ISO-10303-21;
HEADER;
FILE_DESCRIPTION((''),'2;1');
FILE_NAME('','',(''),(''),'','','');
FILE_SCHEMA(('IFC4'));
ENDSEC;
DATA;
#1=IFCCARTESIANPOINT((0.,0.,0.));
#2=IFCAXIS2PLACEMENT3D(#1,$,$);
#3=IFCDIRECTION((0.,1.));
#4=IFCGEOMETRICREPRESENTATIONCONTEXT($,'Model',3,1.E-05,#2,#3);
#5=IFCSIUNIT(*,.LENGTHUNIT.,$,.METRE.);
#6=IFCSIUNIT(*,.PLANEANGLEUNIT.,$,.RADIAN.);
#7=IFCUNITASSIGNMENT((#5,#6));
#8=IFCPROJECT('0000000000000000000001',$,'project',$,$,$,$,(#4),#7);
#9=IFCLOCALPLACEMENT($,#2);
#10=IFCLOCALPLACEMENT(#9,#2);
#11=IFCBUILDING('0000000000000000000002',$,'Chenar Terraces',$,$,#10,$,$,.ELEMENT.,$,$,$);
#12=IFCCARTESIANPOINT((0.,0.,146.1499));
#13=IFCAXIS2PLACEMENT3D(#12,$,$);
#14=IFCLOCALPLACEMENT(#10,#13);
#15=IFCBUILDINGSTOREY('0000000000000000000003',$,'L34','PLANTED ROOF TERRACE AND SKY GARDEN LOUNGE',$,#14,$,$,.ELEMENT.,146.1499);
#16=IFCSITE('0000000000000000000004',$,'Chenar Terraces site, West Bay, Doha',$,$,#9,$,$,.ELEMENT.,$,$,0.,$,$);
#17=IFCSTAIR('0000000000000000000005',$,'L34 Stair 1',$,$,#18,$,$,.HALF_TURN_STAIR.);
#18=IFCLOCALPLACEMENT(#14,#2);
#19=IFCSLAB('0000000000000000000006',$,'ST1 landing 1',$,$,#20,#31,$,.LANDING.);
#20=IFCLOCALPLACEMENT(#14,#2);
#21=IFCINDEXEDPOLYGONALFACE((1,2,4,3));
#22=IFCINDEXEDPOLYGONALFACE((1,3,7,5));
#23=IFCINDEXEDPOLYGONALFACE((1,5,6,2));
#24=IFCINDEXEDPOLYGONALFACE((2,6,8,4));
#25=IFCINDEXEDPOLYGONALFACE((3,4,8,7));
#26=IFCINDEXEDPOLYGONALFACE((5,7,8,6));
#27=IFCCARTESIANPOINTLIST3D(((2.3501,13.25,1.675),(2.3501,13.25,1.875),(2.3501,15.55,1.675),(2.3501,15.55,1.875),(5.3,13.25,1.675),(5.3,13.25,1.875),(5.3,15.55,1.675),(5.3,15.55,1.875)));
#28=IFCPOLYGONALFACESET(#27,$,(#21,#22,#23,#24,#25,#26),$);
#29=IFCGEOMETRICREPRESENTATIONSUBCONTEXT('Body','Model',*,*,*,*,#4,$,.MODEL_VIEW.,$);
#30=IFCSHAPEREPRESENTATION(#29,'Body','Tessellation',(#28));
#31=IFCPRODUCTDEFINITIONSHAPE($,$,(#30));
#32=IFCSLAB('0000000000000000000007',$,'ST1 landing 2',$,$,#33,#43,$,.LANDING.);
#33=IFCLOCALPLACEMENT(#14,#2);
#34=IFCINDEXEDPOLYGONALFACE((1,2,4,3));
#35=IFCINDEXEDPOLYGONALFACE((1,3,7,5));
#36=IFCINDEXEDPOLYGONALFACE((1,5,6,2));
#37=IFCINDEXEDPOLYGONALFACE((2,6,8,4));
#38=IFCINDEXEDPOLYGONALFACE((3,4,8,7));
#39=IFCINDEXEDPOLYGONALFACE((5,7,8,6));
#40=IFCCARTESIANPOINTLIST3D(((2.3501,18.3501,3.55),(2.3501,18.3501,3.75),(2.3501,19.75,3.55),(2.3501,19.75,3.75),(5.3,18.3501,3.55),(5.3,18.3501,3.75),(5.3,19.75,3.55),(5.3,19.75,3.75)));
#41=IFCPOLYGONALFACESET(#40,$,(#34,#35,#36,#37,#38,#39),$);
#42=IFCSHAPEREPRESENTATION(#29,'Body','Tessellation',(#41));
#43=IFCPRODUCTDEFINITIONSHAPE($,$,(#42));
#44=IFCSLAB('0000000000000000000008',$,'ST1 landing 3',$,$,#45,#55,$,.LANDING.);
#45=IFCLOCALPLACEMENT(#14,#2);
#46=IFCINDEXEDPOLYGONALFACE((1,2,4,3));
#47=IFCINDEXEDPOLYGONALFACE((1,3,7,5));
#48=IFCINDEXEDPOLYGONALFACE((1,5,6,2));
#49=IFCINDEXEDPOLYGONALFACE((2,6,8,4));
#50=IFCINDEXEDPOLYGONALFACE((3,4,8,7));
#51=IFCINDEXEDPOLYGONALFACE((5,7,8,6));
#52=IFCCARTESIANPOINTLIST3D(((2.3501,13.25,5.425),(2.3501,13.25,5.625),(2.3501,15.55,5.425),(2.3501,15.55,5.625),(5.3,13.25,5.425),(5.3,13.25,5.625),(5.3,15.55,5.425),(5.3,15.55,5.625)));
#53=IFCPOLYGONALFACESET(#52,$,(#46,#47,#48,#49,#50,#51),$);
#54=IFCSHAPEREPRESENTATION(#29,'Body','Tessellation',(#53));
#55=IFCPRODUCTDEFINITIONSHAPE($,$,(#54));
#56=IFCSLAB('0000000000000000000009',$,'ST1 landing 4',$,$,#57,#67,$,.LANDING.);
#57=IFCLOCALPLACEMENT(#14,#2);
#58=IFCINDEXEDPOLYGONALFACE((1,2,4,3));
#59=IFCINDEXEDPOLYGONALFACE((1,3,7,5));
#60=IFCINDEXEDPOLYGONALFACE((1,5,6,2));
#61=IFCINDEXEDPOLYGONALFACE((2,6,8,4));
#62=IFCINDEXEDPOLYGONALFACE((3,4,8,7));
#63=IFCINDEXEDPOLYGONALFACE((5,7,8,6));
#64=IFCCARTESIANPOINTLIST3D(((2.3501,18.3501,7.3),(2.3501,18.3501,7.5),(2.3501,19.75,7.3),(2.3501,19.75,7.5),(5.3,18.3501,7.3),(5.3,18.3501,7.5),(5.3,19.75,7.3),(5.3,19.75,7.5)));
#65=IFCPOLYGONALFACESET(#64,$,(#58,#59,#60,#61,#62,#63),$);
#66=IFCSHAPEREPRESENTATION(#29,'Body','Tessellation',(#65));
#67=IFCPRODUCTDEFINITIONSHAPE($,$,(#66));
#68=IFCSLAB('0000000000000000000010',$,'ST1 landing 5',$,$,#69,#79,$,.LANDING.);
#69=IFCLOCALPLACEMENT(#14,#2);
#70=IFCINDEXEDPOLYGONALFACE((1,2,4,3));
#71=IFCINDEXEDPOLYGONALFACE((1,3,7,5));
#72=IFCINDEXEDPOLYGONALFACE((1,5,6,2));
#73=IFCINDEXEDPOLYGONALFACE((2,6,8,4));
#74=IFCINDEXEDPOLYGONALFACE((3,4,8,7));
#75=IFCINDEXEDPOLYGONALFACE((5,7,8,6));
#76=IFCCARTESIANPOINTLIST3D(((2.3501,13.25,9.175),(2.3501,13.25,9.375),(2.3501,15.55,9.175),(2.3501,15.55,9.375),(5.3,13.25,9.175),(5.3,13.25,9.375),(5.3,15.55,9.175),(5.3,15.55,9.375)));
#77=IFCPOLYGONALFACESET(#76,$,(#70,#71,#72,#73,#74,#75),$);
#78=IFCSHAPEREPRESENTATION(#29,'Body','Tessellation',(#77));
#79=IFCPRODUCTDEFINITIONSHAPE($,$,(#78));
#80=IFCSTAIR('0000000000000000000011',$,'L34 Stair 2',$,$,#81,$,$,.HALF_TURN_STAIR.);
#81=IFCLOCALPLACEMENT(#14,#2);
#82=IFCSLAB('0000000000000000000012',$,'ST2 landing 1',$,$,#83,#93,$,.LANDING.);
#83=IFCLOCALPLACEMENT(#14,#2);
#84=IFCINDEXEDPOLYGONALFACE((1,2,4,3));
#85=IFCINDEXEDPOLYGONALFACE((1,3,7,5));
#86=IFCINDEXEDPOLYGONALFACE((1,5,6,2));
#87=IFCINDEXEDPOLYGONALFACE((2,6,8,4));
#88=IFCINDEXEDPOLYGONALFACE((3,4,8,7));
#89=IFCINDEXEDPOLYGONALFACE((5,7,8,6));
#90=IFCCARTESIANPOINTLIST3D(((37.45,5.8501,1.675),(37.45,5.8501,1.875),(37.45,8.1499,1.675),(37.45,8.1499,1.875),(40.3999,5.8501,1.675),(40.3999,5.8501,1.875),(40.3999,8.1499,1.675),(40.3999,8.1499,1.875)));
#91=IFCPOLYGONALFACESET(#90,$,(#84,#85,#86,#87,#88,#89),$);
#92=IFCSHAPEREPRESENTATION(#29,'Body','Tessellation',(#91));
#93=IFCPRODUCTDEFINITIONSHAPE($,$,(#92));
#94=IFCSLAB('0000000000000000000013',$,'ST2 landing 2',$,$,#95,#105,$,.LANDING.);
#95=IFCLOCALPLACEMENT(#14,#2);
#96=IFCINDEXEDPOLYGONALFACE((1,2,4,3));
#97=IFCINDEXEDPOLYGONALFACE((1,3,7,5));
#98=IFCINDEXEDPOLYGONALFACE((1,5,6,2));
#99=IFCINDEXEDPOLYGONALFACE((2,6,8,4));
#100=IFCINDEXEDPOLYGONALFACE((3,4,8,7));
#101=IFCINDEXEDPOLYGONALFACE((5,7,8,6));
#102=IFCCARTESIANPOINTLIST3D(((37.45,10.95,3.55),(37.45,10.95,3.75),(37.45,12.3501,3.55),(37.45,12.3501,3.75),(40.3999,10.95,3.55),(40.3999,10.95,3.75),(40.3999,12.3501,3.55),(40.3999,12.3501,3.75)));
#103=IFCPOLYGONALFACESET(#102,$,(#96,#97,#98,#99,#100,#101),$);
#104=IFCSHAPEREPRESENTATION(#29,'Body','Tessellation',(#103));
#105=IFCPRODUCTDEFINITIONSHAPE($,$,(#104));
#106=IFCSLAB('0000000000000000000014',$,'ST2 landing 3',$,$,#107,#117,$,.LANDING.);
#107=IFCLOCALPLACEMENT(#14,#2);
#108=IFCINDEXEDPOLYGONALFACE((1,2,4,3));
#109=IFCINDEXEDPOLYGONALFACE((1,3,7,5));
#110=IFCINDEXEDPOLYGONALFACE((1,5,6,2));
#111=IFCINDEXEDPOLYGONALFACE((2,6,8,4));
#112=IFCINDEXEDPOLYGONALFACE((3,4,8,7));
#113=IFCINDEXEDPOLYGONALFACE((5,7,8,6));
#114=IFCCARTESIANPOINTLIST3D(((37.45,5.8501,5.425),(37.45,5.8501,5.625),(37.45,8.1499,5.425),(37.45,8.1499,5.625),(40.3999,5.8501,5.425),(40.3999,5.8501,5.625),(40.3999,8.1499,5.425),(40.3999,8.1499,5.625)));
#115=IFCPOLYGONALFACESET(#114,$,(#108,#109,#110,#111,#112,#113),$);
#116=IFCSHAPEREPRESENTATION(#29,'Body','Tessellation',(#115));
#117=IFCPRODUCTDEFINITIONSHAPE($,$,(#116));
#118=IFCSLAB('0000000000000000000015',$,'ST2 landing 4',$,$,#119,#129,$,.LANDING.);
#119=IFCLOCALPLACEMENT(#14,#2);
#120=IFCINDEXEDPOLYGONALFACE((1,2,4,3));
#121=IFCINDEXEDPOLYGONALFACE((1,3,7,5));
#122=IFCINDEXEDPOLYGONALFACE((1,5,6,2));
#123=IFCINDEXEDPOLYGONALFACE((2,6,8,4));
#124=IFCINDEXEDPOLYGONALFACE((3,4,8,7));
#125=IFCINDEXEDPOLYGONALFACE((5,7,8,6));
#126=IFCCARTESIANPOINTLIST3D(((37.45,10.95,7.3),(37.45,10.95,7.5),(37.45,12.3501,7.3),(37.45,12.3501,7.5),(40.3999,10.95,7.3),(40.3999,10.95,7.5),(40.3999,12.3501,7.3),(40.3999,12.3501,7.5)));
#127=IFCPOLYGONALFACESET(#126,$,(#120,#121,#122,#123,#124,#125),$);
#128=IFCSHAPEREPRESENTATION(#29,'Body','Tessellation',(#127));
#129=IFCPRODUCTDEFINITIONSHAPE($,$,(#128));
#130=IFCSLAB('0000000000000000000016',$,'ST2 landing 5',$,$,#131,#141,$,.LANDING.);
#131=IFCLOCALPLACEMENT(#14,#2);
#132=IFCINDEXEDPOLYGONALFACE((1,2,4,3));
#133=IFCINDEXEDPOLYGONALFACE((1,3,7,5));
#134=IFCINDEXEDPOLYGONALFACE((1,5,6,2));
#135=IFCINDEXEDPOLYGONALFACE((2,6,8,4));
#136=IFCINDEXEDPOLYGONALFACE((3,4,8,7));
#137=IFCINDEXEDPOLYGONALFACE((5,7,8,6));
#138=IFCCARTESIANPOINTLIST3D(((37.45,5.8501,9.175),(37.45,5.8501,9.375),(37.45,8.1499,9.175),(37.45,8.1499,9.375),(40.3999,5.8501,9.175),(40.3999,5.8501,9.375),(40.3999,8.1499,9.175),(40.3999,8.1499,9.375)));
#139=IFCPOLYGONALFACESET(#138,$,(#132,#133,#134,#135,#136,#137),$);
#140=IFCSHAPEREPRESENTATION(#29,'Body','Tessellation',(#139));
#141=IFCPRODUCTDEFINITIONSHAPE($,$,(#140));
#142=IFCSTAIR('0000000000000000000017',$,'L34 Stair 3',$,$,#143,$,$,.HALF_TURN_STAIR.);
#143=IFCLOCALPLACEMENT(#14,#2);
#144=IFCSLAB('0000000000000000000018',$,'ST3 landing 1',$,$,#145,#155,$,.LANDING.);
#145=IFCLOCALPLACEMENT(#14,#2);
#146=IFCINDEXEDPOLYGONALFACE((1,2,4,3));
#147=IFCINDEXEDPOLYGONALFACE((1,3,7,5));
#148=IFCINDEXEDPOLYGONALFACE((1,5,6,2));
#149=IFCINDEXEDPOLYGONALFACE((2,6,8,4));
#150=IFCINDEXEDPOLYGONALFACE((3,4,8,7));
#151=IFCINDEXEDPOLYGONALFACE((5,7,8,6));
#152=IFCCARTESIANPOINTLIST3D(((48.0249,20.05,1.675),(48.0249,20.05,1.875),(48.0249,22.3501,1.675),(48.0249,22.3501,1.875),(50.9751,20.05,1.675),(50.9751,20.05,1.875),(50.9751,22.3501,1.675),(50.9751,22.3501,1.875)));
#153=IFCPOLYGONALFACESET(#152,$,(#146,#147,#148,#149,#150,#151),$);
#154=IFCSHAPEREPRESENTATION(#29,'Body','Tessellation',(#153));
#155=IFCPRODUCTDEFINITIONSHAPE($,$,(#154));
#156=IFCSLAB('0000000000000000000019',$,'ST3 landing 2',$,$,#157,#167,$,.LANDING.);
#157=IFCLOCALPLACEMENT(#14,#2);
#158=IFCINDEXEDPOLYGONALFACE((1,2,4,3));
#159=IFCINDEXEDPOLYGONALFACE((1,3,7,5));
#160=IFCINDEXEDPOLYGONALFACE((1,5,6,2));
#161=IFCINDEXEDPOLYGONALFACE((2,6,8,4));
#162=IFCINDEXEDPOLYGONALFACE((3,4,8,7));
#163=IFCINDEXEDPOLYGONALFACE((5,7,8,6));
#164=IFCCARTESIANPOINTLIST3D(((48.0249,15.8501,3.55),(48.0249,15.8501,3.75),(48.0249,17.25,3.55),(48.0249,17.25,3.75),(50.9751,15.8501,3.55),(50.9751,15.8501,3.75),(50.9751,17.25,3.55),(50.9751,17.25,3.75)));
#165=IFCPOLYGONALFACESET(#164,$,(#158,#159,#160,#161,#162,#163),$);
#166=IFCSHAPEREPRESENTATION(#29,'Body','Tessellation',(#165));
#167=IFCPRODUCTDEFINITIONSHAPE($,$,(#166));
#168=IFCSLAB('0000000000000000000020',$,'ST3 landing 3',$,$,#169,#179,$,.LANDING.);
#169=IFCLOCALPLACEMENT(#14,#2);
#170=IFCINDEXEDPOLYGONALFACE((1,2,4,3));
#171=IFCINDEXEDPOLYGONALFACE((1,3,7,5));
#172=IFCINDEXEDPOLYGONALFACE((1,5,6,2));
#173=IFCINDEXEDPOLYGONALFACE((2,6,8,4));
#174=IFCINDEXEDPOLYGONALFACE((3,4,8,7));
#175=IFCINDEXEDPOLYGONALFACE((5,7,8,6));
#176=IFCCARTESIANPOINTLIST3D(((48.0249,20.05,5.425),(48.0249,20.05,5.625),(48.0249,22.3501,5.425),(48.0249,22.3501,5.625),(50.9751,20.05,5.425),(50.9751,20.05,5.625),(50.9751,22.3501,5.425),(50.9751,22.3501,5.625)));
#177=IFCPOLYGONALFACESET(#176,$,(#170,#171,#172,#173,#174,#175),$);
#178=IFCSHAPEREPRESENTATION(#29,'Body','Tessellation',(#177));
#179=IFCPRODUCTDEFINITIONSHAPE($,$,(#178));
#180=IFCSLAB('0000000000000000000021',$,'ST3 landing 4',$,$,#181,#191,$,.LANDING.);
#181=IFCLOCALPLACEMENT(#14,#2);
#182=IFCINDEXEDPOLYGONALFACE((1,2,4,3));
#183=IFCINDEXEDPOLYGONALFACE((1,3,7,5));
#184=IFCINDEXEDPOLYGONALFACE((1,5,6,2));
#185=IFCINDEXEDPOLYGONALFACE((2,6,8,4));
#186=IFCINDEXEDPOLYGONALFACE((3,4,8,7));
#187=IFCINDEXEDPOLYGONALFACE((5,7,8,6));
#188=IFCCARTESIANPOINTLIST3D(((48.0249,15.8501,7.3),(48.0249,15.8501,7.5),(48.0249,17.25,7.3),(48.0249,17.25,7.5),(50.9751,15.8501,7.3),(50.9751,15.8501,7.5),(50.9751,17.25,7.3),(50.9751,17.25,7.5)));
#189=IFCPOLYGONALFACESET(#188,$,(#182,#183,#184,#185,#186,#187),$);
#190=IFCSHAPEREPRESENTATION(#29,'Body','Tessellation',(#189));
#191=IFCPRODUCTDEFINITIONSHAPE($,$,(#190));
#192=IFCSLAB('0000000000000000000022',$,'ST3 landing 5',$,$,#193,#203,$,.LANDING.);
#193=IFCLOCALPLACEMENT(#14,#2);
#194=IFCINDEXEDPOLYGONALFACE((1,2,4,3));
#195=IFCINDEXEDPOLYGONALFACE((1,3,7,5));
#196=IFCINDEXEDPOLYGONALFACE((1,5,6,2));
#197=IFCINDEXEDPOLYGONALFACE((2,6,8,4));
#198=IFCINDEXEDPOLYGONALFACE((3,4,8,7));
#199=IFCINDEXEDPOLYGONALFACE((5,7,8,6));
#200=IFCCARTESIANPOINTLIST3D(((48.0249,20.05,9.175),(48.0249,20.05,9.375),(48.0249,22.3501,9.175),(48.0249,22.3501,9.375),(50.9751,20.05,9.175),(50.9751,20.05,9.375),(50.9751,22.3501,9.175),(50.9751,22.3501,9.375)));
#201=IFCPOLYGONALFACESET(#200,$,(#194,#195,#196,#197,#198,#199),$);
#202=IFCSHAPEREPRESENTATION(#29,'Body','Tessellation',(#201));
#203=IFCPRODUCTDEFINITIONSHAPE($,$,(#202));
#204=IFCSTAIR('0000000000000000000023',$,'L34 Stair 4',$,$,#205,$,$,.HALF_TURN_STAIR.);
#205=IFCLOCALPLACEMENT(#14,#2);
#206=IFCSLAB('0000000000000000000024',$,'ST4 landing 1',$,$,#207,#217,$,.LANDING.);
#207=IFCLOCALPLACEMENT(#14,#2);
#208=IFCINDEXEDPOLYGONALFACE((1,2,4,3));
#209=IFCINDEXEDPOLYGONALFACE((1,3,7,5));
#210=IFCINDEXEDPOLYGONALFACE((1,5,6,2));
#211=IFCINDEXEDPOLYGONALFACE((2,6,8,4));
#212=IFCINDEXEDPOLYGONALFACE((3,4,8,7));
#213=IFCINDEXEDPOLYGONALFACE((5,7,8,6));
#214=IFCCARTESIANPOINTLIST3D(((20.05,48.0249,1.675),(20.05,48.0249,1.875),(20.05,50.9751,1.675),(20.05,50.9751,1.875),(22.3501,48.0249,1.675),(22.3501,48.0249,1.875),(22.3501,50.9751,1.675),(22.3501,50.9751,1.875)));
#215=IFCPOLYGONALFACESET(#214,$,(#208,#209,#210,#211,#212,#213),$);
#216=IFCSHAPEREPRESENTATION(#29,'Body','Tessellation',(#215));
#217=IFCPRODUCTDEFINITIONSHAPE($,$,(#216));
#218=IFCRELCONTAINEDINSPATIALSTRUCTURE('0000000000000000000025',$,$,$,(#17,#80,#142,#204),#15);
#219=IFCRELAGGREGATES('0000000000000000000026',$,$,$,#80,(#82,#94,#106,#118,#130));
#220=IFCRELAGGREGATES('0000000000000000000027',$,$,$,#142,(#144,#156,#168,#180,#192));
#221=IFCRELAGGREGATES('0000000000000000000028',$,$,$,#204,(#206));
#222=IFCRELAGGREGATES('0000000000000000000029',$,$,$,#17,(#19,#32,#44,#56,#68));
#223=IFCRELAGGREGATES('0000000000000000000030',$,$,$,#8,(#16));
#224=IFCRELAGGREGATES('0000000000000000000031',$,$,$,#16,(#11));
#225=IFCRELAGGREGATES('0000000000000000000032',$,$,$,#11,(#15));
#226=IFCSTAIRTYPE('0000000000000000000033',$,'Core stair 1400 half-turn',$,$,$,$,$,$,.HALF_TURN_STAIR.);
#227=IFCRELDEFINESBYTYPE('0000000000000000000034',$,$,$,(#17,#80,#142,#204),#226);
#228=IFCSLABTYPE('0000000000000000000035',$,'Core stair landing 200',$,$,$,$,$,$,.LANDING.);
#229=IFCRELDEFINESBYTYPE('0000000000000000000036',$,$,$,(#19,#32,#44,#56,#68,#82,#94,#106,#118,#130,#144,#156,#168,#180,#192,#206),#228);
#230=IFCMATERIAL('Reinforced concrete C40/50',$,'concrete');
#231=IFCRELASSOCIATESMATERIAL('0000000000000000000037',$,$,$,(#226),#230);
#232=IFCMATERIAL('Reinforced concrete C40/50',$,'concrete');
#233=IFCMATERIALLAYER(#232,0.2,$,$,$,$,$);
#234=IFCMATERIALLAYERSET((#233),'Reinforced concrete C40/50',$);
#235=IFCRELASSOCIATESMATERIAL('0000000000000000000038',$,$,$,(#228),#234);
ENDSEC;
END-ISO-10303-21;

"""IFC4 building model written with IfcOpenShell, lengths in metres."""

from ifc_helpers import new_model, si_unit, direction, frame, origin, place, context, subcontext, project, spatial, polyline, outline, extrude, material, layer, layer_set, type_object, element, aggregate, save


model = new_model("IFC4")

# Units and contexts
model_context = context("Model", 3, precision=1e-05, world=origin(), true_north=direction((0.0, 1.0)))
body_context = subcontext(model_context, "Body", "Model", "MODEL_VIEW")
ifc_project = project(units=[si_unit("LENGTHUNIT", "METRE"), si_unit("PLANEANGLEUNIT", "RADIAN")], contexts=[model_context])

# Site, building, storey
site_placement = place(None, origin())
site = spatial("IfcSite", under=ifc_project, at=site_placement, Name="Chenar Terraces site, West Bay, Doha", CompositionType="ELEMENT", RefElevation=0.0)
building_placement = place(site_placement, origin())
building = spatial("IfcBuilding", under=site, at=building_placement, Name="Chenar Terraces", CompositionType="ELEMENT")
storey_placement = place(building_placement, frame((0.0, 0.0, 146.1499)))
storey = spatial("IfcBuildingStorey", under=building, at=storey_placement, Name="L34", Description="PLANTED ROOF TERRACE AND SKY GARDEN LOUNGE", CompositionType="ELEMENT", Elevation=146.1499)

# Stairs, slabs
ifc_material_1 = material(Name="Reinforced concrete C40/50", Category="concrete")
stair_type = type_object("IfcStairType", Name="Core stair 1400 half-turn", PredefinedType="HALF_TURN_STAIR", material=ifc_material_1)
placement_1 = place(storey_placement, origin())
stair_1 = element("IfcStair", 1, at=placement_1, inside=storey, type_object=stair_type, Name="L34 Stair 1", PredefinedType="HALF_TURN_STAIR")
ifc_material_2 = material(Name="Reinforced concrete C40/50", Category="concrete")
ifc_layer_1 = layer(ifc_material_2, 0.2)
ifc_layer_set_1 = layer_set([ifc_layer_1], Name="Reinforced concrete C40/50")
slab_type_1 = type_object("IfcSlabType", Name="Core stair landing 200", PredefinedType="LANDING", material=ifc_layer_set_1)
placement_2 = place(storey_placement, frame((0.0, 0.0, 1.675)))
slab_1 = element("IfcSlab", 2, at=placement_2, type_object=slab_type_1, Name="ST1 landing 1", PredefinedType="LANDING", context=body_context, shape_type="SweptSolid", body=[
    extrude(outline(polyline([(2.3501, 15.55), (2.3501, 13.25), (5.3, 13.25), (5.3, 15.55), (2.3501, 15.55)])), origin(), (0.0, 0.0, 1.0), 0.2),
])
placement_3 = place(storey_placement, frame((0.0, 0.0, 3.55)))
slab_2 = element("IfcSlab", 3, at=placement_3, type_object=slab_type_1, Name="ST1 landing 2", PredefinedType="LANDING", context=body_context, shape_type="SweptSolid", body=[
    extrude(outline(polyline([(2.3501, 19.75), (2.3501, 18.3501), (5.3, 18.3501), (5.3, 19.75), (2.3501, 19.75)])), origin(), (0.0, 0.0, 1.0), 0.2),
])
placement_4 = place(storey_placement, frame((0.0, 0.0, 5.425)))
slab_3 = element("IfcSlab", 4, at=placement_4, type_object=slab_type_1, Name="ST1 landing 3", PredefinedType="LANDING", context=body_context, shape_type="SweptSolid", body=[
    extrude(outline(polyline([(2.3501, 15.55), (2.3501, 13.25), (5.3, 13.25), (5.3, 15.55), (2.3501, 15.55)])), origin(), (0.0, 0.0, 1.0), 0.2),
])
placement_5 = place(storey_placement, frame((0.0, 0.0, 7.3)))
slab_4 = element("IfcSlab", 5, at=placement_5, type_object=slab_type_1, Name="ST1 landing 4", PredefinedType="LANDING", context=body_context, shape_type="SweptSolid", body=[
    extrude(outline(polyline([(2.3501, 19.75), (2.3501, 18.3501), (5.3, 18.3501), (5.3, 19.75), (2.3501, 19.75)])), origin(), (0.0, 0.0, 1.0), 0.2),
])
placement_6 = place(storey_placement, frame((0.0, 0.0, 9.175)))
slab_5 = element("IfcSlab", 6, at=placement_6, type_object=slab_type_1, Name="ST1 landing 5", PredefinedType="LANDING", context=body_context, shape_type="SweptSolid", body=[
    extrude(outline(polyline([(2.3501, 15.55), (2.3501, 13.25), (5.3, 13.25), (5.3, 15.55), (2.3501, 15.55)])), origin(), (0.0, 0.0, 1.0), 0.2),
])
stair_2 = element("IfcStair", 7, at=placement_1, inside=storey, type_object=stair_type, Name="L34 Stair 2", PredefinedType="HALF_TURN_STAIR")
slab_6 = element("IfcSlab", 8, at=placement_2, type_object=slab_type_1, Name="ST2 landing 1", PredefinedType="LANDING", context=body_context, shape_type="SweptSolid", body=[
    extrude(outline(polyline([(37.45, 8.1499), (37.45, 5.8501), (40.3999, 5.8501), (40.3999, 8.1499), (37.45, 8.1499)])), origin(), (0.0, 0.0, 1.0), 0.2),
])
slab_7 = element("IfcSlab", 9, at=placement_3, type_object=slab_type_1, Name="ST2 landing 2", PredefinedType="LANDING", context=body_context, shape_type="SweptSolid", body=[
    extrude(outline(polyline([(37.45, 12.3501), (37.45, 10.95), (40.3999, 10.95), (40.3999, 12.3501), (37.45, 12.3501)])), origin(), (0.0, 0.0, 1.0), 0.2),
])
slab_8 = element("IfcSlab", 10, at=placement_4, type_object=slab_type_1, Name="ST2 landing 3", PredefinedType="LANDING", context=body_context, shape_type="SweptSolid", body=[
    extrude(outline(polyline([(37.45, 8.1499), (37.45, 5.8501), (40.3999, 5.8501), (40.3999, 8.1499), (37.45, 8.1499)])), origin(), (0.0, 0.0, 1.0), 0.2),
])
slab_9 = element("IfcSlab", 11, at=placement_5, type_object=slab_type_1, Name="ST2 landing 4", PredefinedType="LANDING", context=body_context, shape_type="SweptSolid", body=[
    extrude(outline(polyline([(37.45, 12.3501), (37.45, 10.95), (40.3999, 10.95), (40.3999, 12.3501), (37.45, 12.3501)])), origin(), (0.0, 0.0, 1.0), 0.2),
])
slab_10 = element("IfcSlab", 12, at=placement_6, type_object=slab_type_1, Name="ST2 landing 5", PredefinedType="LANDING", context=body_context, shape_type="SweptSolid", body=[
    extrude(outline(polyline([(37.45, 8.1499), (37.45, 5.8501), (40.3999, 5.8501), (40.3999, 8.1499), (37.45, 8.1499)])), origin(), (0.0, 0.0, 1.0), 0.2),
])
aggregate(stair_2, [slab_6, slab_7, slab_8, slab_9, slab_10])
stair_3 = element("IfcStair", 13, at=placement_1, inside=storey, type_object=stair_type, Name="L34 Stair 3", PredefinedType="HALF_TURN_STAIR")
slab_11 = element("IfcSlab", 14, at=placement_2, type_object=slab_type_1, Name="ST3 landing 1", PredefinedType="LANDING", context=body_context, shape_type="SweptSolid", body=[
    extrude(outline(polyline([(50.9751, 20.05), (50.9751, 22.3501), (48.0249, 22.3501), (48.0249, 20.05), (50.9751, 20.05)])), origin(), (0.0, 0.0, 1.0), 0.2),
])
slab_12 = element("IfcSlab", 15, at=placement_3, type_object=slab_type_1, Name="ST3 landing 2", PredefinedType="LANDING", context=body_context, shape_type="SweptSolid", body=[
    extrude(outline(polyline([(50.9751, 15.8501), (50.9751, 17.25), (48.0249, 17.25), (48.0249, 15.8501), (50.9751, 15.8501)])), origin(), (0.0, 0.0, 1.0), 0.2),
])
slab_13 = element("IfcSlab", 16, at=placement_4, type_object=slab_type_1, Name="ST3 landing 3", PredefinedType="LANDING", context=body_context, shape_type="SweptSolid", body=[
    extrude(outline(polyline([(50.9751, 20.05), (50.9751, 22.3501), (48.0249, 22.3501), (48.0249, 20.05), (50.9751, 20.05)])), origin(), (0.0, 0.0, 1.0), 0.2),
])
slab_14 = element("IfcSlab", 17, at=placement_5, type_object=slab_type_1, Name="ST3 landing 4", PredefinedType="LANDING", context=body_context, shape_type="SweptSolid", body=[
    extrude(outline(polyline([(50.9751, 15.8501), (50.9751, 17.25), (48.0249, 17.25), (48.0249, 15.8501), (50.9751, 15.8501)])), origin(), (0.0, 0.0, 1.0), 0.2),
])
slab_15 = element("IfcSlab", 18, at=placement_6, type_object=slab_type_1, Name="ST3 landing 5", PredefinedType="LANDING", context=body_context, shape_type="SweptSolid", body=[
    extrude(outline(polyline([(50.9751, 20.05), (50.9751, 22.3501), (48.0249, 22.3501), (48.0249, 20.05), (50.9751, 20.05)])), origin(), (0.0, 0.0, 1.0), 0.2),
])
aggregate(stair_3, [slab_11, slab_12, slab_13, slab_14, slab_15])
stair_4 = element("IfcStair", 19, at=placement_1, inside=storey, type_object=stair_type, Name="L34 Stair 4", PredefinedType="HALF_TURN_STAIR")
slab_16 = element("IfcSlab", 20, at=placement_2, type_object=slab_type_1, Name="ST4 landing 1", PredefinedType="LANDING", context=body_context, shape_type="SweptSolid", body=[
    extrude(outline(polyline([(20.05, 48.0249), (22.3501, 48.0249), (22.3501, 50.9751), (20.05, 50.9751), (20.05, 48.0249)])), origin(), (0.0, 0.0, 1.0), 0.2),
])
aggregate(stair_4, [slab_16])

aggregate(stair_1, [slab_1, slab_2, slab_3, slab_4, slab_5])

save(model, "model.ifc")
